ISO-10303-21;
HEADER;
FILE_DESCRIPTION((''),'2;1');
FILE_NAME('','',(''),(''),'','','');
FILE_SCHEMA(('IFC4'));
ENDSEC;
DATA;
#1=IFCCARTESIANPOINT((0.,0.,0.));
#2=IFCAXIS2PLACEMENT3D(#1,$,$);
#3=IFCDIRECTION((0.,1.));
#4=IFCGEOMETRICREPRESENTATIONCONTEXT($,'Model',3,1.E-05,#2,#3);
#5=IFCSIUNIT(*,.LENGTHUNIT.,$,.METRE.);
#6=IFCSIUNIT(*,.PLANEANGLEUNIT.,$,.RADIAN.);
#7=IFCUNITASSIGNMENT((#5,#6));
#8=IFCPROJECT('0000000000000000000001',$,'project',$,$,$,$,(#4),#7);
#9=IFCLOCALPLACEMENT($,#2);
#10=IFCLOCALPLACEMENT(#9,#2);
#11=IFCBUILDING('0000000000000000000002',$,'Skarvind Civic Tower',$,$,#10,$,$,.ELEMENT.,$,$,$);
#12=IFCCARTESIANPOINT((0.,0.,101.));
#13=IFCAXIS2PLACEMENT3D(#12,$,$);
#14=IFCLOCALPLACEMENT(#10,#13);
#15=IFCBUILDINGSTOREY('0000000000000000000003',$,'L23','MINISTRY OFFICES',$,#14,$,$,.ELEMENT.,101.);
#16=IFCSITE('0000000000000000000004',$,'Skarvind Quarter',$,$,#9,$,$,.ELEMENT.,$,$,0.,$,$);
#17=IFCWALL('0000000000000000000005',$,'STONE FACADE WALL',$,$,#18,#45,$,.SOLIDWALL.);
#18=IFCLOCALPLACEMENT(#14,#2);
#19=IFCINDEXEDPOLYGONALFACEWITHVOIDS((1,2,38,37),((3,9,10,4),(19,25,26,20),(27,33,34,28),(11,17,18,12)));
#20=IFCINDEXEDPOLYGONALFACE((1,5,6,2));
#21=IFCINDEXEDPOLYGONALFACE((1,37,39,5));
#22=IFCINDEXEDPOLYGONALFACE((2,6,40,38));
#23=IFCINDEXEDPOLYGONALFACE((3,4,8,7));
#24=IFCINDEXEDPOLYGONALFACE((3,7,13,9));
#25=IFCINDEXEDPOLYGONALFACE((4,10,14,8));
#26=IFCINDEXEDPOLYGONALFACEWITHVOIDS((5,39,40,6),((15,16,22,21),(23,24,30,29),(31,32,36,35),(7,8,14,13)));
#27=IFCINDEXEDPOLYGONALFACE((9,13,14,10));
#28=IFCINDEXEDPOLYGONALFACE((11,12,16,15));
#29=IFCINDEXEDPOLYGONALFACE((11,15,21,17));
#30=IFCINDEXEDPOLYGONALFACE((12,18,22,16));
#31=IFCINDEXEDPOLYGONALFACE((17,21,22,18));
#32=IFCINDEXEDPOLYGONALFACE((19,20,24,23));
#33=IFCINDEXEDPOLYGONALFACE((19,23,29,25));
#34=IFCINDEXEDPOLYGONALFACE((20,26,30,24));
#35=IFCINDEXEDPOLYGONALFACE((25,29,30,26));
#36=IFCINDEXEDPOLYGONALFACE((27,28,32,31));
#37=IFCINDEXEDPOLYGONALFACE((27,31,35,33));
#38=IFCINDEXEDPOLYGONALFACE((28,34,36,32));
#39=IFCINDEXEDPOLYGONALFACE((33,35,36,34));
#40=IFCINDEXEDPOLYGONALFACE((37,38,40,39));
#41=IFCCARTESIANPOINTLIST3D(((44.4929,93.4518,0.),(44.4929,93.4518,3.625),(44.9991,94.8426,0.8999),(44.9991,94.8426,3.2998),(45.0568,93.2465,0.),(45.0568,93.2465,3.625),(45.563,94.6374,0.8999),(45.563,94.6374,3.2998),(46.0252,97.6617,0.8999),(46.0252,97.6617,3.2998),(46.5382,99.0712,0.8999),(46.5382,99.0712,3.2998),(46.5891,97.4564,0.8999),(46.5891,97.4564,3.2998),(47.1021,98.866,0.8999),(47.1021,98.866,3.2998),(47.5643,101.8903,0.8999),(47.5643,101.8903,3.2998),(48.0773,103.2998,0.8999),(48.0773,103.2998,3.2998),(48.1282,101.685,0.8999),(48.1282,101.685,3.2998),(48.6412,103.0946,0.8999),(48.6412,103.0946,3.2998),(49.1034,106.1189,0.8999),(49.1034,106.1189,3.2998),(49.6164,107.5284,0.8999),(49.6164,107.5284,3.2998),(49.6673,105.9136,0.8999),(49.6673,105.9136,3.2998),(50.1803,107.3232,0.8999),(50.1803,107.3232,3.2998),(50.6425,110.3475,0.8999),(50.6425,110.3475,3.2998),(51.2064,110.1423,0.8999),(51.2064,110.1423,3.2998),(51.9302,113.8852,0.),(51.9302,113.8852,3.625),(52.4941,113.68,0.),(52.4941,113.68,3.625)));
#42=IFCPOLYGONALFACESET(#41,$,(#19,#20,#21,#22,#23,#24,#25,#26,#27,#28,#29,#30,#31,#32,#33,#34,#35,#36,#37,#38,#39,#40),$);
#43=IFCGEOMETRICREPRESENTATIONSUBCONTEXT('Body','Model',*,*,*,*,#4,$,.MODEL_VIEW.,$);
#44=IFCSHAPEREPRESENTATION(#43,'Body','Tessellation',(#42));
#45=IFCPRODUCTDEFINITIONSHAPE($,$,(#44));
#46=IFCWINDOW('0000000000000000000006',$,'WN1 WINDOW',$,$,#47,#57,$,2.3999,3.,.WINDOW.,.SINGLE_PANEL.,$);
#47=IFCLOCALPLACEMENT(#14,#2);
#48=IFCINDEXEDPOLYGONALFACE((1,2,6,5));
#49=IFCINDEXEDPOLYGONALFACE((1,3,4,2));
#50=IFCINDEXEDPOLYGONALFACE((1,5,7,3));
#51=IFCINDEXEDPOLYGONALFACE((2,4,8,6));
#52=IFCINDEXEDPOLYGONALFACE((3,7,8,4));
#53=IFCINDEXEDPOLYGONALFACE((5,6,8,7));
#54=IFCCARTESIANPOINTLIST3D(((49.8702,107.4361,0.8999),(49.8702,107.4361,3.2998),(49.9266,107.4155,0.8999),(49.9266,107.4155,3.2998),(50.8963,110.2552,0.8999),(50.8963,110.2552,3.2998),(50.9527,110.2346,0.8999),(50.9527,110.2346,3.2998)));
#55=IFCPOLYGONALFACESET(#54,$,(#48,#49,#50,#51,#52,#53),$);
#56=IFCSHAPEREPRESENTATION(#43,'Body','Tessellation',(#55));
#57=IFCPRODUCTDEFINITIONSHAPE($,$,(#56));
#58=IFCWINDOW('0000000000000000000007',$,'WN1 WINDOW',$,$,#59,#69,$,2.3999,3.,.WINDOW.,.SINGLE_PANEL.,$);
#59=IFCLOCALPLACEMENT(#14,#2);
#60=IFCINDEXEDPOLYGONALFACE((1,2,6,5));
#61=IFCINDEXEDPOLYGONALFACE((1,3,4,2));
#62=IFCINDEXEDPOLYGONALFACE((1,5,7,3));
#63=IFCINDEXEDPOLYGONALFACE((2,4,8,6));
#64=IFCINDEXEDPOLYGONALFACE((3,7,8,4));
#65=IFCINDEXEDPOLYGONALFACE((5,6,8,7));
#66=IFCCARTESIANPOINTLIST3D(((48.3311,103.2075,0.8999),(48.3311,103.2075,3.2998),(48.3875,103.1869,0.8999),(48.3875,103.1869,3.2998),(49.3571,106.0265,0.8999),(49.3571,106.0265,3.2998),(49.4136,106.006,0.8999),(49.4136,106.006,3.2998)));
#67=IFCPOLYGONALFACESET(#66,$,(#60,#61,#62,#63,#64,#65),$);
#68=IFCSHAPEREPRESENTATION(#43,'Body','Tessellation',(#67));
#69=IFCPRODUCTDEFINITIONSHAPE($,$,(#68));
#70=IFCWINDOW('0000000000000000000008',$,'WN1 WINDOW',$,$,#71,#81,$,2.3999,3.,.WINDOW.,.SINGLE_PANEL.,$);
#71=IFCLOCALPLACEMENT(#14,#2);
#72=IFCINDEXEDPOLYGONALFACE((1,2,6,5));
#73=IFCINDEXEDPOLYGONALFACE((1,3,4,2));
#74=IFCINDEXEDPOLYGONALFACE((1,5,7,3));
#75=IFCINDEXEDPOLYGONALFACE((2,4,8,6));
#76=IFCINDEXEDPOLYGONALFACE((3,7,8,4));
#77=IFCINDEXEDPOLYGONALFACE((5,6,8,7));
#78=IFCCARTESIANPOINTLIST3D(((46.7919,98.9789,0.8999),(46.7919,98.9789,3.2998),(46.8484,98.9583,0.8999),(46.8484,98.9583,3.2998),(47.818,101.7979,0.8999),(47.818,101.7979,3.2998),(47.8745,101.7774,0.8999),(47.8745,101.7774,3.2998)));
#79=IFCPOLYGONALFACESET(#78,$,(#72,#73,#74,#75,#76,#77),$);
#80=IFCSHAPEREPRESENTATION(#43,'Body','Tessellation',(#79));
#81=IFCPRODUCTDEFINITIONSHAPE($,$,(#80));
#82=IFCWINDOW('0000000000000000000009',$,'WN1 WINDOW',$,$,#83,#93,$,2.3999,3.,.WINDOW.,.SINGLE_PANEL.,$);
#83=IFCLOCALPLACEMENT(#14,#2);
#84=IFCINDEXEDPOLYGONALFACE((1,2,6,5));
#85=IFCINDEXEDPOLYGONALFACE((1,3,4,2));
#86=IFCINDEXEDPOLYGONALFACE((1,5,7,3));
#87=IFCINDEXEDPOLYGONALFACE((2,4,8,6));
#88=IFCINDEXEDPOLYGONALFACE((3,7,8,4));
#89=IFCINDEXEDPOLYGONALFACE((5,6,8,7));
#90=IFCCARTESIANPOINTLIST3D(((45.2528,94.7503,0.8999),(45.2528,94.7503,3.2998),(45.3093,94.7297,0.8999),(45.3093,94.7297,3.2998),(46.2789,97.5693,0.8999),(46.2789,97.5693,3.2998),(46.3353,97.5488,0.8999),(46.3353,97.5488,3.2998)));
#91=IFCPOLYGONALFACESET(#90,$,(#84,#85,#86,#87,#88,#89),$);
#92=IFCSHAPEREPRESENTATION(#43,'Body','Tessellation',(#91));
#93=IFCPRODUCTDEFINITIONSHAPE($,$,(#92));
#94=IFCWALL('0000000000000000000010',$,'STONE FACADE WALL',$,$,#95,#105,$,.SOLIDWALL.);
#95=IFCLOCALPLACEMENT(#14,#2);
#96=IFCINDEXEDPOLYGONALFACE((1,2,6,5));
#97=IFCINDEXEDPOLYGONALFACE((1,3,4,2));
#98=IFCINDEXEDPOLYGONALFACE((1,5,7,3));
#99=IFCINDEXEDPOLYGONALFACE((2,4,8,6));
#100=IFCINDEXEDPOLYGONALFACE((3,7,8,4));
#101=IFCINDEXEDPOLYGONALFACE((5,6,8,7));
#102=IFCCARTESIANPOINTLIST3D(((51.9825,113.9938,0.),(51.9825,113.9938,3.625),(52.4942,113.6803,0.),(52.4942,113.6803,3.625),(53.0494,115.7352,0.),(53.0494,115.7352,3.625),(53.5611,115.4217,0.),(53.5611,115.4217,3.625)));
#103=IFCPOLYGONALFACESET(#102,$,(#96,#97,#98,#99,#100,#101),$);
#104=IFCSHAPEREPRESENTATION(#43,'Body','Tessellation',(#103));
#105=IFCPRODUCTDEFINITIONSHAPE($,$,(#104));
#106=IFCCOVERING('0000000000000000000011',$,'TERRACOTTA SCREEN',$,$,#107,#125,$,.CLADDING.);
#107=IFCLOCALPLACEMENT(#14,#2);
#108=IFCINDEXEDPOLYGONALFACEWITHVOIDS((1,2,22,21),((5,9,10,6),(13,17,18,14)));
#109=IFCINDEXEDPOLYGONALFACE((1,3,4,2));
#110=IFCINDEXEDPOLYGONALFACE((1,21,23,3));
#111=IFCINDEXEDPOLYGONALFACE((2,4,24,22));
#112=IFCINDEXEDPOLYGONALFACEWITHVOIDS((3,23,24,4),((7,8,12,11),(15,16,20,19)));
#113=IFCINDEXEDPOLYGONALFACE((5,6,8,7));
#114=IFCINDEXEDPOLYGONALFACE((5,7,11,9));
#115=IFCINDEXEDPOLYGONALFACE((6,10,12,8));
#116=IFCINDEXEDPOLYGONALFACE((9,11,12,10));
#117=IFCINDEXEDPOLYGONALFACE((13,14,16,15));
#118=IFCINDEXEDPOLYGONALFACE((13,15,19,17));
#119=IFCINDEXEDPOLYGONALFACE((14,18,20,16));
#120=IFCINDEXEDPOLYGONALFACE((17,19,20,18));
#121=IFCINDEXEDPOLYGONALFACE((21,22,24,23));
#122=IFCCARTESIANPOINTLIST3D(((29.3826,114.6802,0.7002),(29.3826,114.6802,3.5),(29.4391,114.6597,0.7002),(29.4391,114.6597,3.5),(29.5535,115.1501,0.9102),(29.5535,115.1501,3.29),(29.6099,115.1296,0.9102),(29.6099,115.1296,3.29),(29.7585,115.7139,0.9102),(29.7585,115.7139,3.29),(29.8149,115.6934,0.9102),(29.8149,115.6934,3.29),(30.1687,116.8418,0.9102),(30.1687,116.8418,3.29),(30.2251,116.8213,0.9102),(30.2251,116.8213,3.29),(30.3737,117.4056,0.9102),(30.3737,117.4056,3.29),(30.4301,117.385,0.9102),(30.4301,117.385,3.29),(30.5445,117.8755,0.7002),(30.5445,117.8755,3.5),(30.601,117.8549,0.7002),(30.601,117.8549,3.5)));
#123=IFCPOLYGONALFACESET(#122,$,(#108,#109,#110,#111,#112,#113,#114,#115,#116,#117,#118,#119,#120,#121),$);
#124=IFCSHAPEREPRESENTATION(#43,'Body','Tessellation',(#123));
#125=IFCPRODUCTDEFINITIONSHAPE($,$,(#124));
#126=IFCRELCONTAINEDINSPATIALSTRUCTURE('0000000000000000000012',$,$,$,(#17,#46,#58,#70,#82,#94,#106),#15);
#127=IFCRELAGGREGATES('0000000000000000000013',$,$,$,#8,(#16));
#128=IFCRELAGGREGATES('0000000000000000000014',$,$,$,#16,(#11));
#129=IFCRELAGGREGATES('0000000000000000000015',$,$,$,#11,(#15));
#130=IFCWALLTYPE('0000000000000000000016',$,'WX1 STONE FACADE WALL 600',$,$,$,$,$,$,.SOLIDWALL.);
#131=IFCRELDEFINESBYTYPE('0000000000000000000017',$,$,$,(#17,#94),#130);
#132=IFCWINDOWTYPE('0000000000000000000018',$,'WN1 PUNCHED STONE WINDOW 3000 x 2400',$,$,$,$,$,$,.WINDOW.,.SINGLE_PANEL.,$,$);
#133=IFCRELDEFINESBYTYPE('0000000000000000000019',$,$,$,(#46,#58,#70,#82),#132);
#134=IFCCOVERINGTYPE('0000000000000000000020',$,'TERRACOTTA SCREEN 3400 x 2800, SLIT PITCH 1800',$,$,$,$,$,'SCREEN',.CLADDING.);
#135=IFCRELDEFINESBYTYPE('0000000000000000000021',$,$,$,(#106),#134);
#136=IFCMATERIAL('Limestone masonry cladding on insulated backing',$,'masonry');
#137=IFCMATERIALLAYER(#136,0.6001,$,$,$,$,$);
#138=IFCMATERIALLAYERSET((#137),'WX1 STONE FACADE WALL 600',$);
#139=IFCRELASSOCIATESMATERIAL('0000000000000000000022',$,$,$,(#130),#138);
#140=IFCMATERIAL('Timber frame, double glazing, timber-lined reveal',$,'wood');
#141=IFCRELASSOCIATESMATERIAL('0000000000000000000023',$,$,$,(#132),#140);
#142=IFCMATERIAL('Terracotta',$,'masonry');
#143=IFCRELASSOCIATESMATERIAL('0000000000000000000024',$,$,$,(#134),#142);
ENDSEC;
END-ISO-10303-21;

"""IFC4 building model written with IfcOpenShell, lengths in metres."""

from ifc_helpers import new_model, si_unit, direction, frame, frame_2d, origin, place, context, subcontext, project, spatial, polyline, rectangle, outline, extrude, material, layer, layer_set, material_profile, profile_set, type_object, element, fill, save


model = new_model("IFC4")

# Units and contexts
model_context = context("Model", 3, precision=1e-05, world=origin(), true_north=direction((0.0, 1.0)))
body_context = subcontext(model_context, "Body", "Model", "MODEL_VIEW")
ifc_project = project(units=[si_unit("LENGTHUNIT", "METRE"), si_unit("PLANEANGLEUNIT", "RADIAN")], contexts=[model_context])

# Site, building, storey
site_placement = place(None, origin())
site = spatial("IfcSite", under=ifc_project, at=site_placement, Name="Skarvind Quarter", CompositionType="ELEMENT", RefElevation=0.0)
building_placement = place(site_placement, origin())
building = spatial("IfcBuilding", under=site, at=building_placement, Name="Skarvind Civic Tower", CompositionType="ELEMENT")
storey_placement = place(building_placement, frame((0.0, 0.0, 101.0)))
storey = spatial("IfcBuildingStorey", under=building, at=storey_placement, Name="L23", Description="MINISTRY OFFICES", CompositionType="ELEMENT", Elevation=101.0)

# Wall, openings, windows
ifc_material_1 = material(Name="Limestone masonry cladding on insulated backing", Category="masonry")
ifc_layer_1 = layer(ifc_material_1, 0.6001)
ifc_layer_set_1 = layer_set([ifc_layer_1], Name="WX1 STONE FACADE WALL 600")
wall_type_1 = type_object("IfcWallType", Name="WX1 STONE FACADE WALL 600", PredefinedType="SOLIDWALL", material=ifc_layer_set_1)
wall_1_placement = place(storey_placement, frame((52.2122, 113.7827, 0.0), z_axis=(0.0, 0.0, 1.0), x_axis=(-0.342025, -0.939691, 0.0)))
wall_1 = element("IfcWall", 1, at=wall_1_placement, inside=storey, type_object=wall_type_1, Name="STONE FACADE WALL", PredefinedType="SOLIDWALL", context=body_context, shape_type="SweptSolid", body=[
    extrude(rectangle(XDim=21.7449, YDim=0.6001, at=frame_2d((10.8726, 0.0))), origin(), (0.0, 0.0, 1.0), 3.625),
])
opening_1_placement = place(wall_1_placement, frame((3.7649, 0.0, 0.8999)))
opening_1 = element("IfcOpeningElement", 2, at=opening_1_placement, cuts=wall_1, PredefinedType="OPENING", context=body_context, shape_type="SweptSolid", body=[
    extrude(rectangle(XDim=3.0, YDim=2.3999, at=frame_2d((1.5, 1.2))), frame((0.0, 0.3101, 0.0), z_axis=(0.0, -1.0, 0.0), x_axis=(1.0, 0.0, 0.0)), (0.0, 0.0, 1.0), 0.6201),
])
opening_2_placement = place(wall_1_placement, frame((8.2649, 0.0, 0.8999)))
opening_2 = element("IfcOpeningElement", 3, at=opening_2_placement, cuts=wall_1, PredefinedType="OPENING", context=body_context, shape_type="SweptSolid", body=[
    extrude(rectangle(XDim=3.0, YDim=2.3999, at=frame_2d((1.5, 1.2))), frame((0.0, 0.3101, 0.0), z_axis=(0.0, -1.0, 0.0), x_axis=(1.0, 0.0, 0.0)), (0.0, 0.0, 1.0), 0.6201),
])
opening_3_placement = place(wall_1_placement, frame((12.7649, 0.0, 0.8999)))
opening_3 = element("IfcOpeningElement", 4, at=opening_3_placement, cuts=wall_1, PredefinedType="OPENING", context=body_context, shape_type="SweptSolid", body=[
    extrude(rectangle(XDim=3.0, YDim=2.3999, at=frame_2d((1.5, 1.2))), frame((0.0, 0.3101, 0.0), z_axis=(0.0, -1.0, 0.0), x_axis=(1.0, 0.0, 0.0)), (0.0, 0.0, 1.0), 0.6201),
])
opening_4_placement = place(wall_1_placement, frame((17.2649, 0.0, 0.8999)))
opening_4 = element("IfcOpeningElement", 5, at=opening_4_placement, cuts=wall_1, PredefinedType="OPENING", context=body_context, shape_type="SweptSolid", body=[
    extrude(rectangle(XDim=3.0, YDim=2.3999, at=frame_2d((1.5, 1.2))), frame((0.0, 0.3101, 0.0), z_axis=(0.0, -1.0, 0.0), x_axis=(1.0, 0.0, 0.0)), (0.0, 0.0, 1.0), 0.6201),
])
ifc_material_2 = material(Name="Timber frame, double glazing, timber-lined reveal", Category="wood")
window_type = type_object("IfcWindowType", Name="WN1 PUNCHED STONE WINDOW 3000 x 2400", PartitioningType="SINGLE_PANEL", PredefinedType="WINDOW", material=ifc_material_2)
window_1_placement = place(opening_1_placement, origin())
window_1 = element("IfcWindow", 6, at=window_1_placement, inside=storey, type_object=window_type, Name="WN1 WINDOW", OverallHeight=2.3999, OverallWidth=3.0, PartitioningType="SINGLE_PANEL", PredefinedType="WINDOW", context=body_context, shape_type="SweptSolid", body=[
    extrude(rectangle(XDim=3.0, YDim=2.3999, at=frame_2d((1.5, 1.2))), frame((0.0, 0.03, 0.0), z_axis=(0.0, -1.0, 0.0), x_axis=(1.0, 0.0, 0.0)), (0.0, 0.0, 1.0), 0.0601),
])
fill(opening_1, window_1)
window_2_placement = place(opening_2_placement, origin())
window_2 = element("IfcWindow", 7, at=window_2_placement, inside=storey, type_object=window_type, Name="WN1 WINDOW", OverallHeight=2.3999, OverallWidth=3.0, PartitioningType="SINGLE_PANEL", PredefinedType="WINDOW", context=body_context, shape_type="SweptSolid", body=[
    extrude(rectangle(XDim=3.0, YDim=2.3999, at=frame_2d((1.5, 1.2))), frame((0.0, 0.03, 0.0), z_axis=(0.0, -1.0, 0.0), x_axis=(1.0, 0.0, 0.0)), (0.0, 0.0, 1.0), 0.0601),
])
fill(opening_2, window_2)
window_3_placement = place(opening_3_placement, origin())
window_3 = element("IfcWindow", 8, at=window_3_placement, inside=storey, type_object=window_type, Name="WN1 WINDOW", OverallHeight=2.3999, OverallWidth=3.0, PartitioningType="SINGLE_PANEL", PredefinedType="WINDOW", context=body_context, shape_type="SweptSolid", body=[
    extrude(rectangle(XDim=3.0, YDim=2.3999, at=frame_2d((1.5, 1.2))), frame((0.0, 0.03, 0.0), z_axis=(0.0, -1.0, 0.0), x_axis=(1.0, 0.0, 0.0)), (0.0, 0.0, 1.0), 0.0601),
])
fill(opening_3, window_3)
window_4_placement = place(opening_4_placement, origin())
window_4 = element("IfcWindow", 9, at=window_4_placement, inside=storey, type_object=window_type, Name="WN1 WINDOW", OverallHeight=2.3999, OverallWidth=3.0, PartitioningType="SINGLE_PANEL", PredefinedType="WINDOW", context=body_context, shape_type="SweptSolid", body=[
    extrude(rectangle(XDim=3.0, YDim=2.3999, at=frame_2d((1.5, 1.2))), frame((0.0, 0.03, 0.0), z_axis=(0.0, -1.0, 0.0), x_axis=(1.0, 0.0, 0.0)), (0.0, 0.0, 1.0), 0.0601),
])
fill(opening_4, window_4)

# Wall
wall_2_placement = place(storey_placement, frame((53.3052, 115.5784, 0.0), z_axis=(0.0, 0.0, 1.0), x_axis=(-0.522402, -0.852699, 0.0)))
element("IfcWall", 10, at=wall_2_placement, inside=storey, type_object=wall_type_1, Name="STONE FACADE WALL", PredefinedType="SOLIDWALL", context=body_context, shape_type="SweptSolid", body=[
    extrude(rectangle(XDim=2.0422, YDim=0.6001, at=frame_2d((1.021, 0.0))), origin(), (0.0, 0.0, 1.0), 3.625),
])

# Covering
ifc_material_3 = material(Name="Terracotta", Category="masonry")
ifc_material_profile_1 = material_profile(ifc_material_3, outline(polyline([(-1.7, -1.3999), (1.7, -1.3999), (1.7, 1.3999), (-1.7, 1.3999), (-1.7, -1.3999)]), holes=[polyline([(-1.2, -1.1899), (-0.6001, -1.1899), (-0.6001, 1.1899), (-1.2, 1.1899), (-1.2, -1.1899)]), polyline([(0.6001, -1.1899), (1.2, -1.1899), (1.2, 1.1899), (0.6001, 1.1899), (0.6001, -1.1899)])]), Name="TERRACOTTA SCREEN 3400 x 2800, SLIT PITCH 1800")
ifc_profile_set_1 = profile_set([ifc_material_profile_1], Name="Terracotta")
covering_type = type_object("IfcCoveringType", Name="TERRACOTTA SCREEN 3400 x 2800, SLIT PITCH 1800", ElementType="SCREEN", PredefinedType="CLADDING", material=ifc_profile_set_1)
covering_placement = place(storey_placement, frame((30.02, 116.2573, 2.1001), z_axis=(-0.939793, 0.341743, 0.0), x_axis=(-0.341743, -0.939793, 0.0)))
element("IfcCovering", 11, at=covering_placement, inside=storey, type_object=covering_type, Name="TERRACOTTA SCREEN", PredefinedType="CLADDING", context=body_context, shape_type="SweptSolid", body=[
    extrude(outline(polyline([(-1.7, -1.3999), (1.7, -1.3999), (1.7, 1.3999), (-1.7, 1.3999), (-1.7, -1.3999)]), holes=[polyline([(-1.2, -1.1899), (-0.6001, -1.1899), (-0.6001, 1.1899), (-1.2, 1.1899), (-1.2, -1.1899)]), polyline([(0.6001, -1.1899), (1.2, -1.1899), (1.2, 1.1899), (0.6001, 1.1899), (0.6001, -1.1899)])]), origin(), (0.0, 0.0, 1.0), 0.0601),
])

save(model, "model.ifc")
